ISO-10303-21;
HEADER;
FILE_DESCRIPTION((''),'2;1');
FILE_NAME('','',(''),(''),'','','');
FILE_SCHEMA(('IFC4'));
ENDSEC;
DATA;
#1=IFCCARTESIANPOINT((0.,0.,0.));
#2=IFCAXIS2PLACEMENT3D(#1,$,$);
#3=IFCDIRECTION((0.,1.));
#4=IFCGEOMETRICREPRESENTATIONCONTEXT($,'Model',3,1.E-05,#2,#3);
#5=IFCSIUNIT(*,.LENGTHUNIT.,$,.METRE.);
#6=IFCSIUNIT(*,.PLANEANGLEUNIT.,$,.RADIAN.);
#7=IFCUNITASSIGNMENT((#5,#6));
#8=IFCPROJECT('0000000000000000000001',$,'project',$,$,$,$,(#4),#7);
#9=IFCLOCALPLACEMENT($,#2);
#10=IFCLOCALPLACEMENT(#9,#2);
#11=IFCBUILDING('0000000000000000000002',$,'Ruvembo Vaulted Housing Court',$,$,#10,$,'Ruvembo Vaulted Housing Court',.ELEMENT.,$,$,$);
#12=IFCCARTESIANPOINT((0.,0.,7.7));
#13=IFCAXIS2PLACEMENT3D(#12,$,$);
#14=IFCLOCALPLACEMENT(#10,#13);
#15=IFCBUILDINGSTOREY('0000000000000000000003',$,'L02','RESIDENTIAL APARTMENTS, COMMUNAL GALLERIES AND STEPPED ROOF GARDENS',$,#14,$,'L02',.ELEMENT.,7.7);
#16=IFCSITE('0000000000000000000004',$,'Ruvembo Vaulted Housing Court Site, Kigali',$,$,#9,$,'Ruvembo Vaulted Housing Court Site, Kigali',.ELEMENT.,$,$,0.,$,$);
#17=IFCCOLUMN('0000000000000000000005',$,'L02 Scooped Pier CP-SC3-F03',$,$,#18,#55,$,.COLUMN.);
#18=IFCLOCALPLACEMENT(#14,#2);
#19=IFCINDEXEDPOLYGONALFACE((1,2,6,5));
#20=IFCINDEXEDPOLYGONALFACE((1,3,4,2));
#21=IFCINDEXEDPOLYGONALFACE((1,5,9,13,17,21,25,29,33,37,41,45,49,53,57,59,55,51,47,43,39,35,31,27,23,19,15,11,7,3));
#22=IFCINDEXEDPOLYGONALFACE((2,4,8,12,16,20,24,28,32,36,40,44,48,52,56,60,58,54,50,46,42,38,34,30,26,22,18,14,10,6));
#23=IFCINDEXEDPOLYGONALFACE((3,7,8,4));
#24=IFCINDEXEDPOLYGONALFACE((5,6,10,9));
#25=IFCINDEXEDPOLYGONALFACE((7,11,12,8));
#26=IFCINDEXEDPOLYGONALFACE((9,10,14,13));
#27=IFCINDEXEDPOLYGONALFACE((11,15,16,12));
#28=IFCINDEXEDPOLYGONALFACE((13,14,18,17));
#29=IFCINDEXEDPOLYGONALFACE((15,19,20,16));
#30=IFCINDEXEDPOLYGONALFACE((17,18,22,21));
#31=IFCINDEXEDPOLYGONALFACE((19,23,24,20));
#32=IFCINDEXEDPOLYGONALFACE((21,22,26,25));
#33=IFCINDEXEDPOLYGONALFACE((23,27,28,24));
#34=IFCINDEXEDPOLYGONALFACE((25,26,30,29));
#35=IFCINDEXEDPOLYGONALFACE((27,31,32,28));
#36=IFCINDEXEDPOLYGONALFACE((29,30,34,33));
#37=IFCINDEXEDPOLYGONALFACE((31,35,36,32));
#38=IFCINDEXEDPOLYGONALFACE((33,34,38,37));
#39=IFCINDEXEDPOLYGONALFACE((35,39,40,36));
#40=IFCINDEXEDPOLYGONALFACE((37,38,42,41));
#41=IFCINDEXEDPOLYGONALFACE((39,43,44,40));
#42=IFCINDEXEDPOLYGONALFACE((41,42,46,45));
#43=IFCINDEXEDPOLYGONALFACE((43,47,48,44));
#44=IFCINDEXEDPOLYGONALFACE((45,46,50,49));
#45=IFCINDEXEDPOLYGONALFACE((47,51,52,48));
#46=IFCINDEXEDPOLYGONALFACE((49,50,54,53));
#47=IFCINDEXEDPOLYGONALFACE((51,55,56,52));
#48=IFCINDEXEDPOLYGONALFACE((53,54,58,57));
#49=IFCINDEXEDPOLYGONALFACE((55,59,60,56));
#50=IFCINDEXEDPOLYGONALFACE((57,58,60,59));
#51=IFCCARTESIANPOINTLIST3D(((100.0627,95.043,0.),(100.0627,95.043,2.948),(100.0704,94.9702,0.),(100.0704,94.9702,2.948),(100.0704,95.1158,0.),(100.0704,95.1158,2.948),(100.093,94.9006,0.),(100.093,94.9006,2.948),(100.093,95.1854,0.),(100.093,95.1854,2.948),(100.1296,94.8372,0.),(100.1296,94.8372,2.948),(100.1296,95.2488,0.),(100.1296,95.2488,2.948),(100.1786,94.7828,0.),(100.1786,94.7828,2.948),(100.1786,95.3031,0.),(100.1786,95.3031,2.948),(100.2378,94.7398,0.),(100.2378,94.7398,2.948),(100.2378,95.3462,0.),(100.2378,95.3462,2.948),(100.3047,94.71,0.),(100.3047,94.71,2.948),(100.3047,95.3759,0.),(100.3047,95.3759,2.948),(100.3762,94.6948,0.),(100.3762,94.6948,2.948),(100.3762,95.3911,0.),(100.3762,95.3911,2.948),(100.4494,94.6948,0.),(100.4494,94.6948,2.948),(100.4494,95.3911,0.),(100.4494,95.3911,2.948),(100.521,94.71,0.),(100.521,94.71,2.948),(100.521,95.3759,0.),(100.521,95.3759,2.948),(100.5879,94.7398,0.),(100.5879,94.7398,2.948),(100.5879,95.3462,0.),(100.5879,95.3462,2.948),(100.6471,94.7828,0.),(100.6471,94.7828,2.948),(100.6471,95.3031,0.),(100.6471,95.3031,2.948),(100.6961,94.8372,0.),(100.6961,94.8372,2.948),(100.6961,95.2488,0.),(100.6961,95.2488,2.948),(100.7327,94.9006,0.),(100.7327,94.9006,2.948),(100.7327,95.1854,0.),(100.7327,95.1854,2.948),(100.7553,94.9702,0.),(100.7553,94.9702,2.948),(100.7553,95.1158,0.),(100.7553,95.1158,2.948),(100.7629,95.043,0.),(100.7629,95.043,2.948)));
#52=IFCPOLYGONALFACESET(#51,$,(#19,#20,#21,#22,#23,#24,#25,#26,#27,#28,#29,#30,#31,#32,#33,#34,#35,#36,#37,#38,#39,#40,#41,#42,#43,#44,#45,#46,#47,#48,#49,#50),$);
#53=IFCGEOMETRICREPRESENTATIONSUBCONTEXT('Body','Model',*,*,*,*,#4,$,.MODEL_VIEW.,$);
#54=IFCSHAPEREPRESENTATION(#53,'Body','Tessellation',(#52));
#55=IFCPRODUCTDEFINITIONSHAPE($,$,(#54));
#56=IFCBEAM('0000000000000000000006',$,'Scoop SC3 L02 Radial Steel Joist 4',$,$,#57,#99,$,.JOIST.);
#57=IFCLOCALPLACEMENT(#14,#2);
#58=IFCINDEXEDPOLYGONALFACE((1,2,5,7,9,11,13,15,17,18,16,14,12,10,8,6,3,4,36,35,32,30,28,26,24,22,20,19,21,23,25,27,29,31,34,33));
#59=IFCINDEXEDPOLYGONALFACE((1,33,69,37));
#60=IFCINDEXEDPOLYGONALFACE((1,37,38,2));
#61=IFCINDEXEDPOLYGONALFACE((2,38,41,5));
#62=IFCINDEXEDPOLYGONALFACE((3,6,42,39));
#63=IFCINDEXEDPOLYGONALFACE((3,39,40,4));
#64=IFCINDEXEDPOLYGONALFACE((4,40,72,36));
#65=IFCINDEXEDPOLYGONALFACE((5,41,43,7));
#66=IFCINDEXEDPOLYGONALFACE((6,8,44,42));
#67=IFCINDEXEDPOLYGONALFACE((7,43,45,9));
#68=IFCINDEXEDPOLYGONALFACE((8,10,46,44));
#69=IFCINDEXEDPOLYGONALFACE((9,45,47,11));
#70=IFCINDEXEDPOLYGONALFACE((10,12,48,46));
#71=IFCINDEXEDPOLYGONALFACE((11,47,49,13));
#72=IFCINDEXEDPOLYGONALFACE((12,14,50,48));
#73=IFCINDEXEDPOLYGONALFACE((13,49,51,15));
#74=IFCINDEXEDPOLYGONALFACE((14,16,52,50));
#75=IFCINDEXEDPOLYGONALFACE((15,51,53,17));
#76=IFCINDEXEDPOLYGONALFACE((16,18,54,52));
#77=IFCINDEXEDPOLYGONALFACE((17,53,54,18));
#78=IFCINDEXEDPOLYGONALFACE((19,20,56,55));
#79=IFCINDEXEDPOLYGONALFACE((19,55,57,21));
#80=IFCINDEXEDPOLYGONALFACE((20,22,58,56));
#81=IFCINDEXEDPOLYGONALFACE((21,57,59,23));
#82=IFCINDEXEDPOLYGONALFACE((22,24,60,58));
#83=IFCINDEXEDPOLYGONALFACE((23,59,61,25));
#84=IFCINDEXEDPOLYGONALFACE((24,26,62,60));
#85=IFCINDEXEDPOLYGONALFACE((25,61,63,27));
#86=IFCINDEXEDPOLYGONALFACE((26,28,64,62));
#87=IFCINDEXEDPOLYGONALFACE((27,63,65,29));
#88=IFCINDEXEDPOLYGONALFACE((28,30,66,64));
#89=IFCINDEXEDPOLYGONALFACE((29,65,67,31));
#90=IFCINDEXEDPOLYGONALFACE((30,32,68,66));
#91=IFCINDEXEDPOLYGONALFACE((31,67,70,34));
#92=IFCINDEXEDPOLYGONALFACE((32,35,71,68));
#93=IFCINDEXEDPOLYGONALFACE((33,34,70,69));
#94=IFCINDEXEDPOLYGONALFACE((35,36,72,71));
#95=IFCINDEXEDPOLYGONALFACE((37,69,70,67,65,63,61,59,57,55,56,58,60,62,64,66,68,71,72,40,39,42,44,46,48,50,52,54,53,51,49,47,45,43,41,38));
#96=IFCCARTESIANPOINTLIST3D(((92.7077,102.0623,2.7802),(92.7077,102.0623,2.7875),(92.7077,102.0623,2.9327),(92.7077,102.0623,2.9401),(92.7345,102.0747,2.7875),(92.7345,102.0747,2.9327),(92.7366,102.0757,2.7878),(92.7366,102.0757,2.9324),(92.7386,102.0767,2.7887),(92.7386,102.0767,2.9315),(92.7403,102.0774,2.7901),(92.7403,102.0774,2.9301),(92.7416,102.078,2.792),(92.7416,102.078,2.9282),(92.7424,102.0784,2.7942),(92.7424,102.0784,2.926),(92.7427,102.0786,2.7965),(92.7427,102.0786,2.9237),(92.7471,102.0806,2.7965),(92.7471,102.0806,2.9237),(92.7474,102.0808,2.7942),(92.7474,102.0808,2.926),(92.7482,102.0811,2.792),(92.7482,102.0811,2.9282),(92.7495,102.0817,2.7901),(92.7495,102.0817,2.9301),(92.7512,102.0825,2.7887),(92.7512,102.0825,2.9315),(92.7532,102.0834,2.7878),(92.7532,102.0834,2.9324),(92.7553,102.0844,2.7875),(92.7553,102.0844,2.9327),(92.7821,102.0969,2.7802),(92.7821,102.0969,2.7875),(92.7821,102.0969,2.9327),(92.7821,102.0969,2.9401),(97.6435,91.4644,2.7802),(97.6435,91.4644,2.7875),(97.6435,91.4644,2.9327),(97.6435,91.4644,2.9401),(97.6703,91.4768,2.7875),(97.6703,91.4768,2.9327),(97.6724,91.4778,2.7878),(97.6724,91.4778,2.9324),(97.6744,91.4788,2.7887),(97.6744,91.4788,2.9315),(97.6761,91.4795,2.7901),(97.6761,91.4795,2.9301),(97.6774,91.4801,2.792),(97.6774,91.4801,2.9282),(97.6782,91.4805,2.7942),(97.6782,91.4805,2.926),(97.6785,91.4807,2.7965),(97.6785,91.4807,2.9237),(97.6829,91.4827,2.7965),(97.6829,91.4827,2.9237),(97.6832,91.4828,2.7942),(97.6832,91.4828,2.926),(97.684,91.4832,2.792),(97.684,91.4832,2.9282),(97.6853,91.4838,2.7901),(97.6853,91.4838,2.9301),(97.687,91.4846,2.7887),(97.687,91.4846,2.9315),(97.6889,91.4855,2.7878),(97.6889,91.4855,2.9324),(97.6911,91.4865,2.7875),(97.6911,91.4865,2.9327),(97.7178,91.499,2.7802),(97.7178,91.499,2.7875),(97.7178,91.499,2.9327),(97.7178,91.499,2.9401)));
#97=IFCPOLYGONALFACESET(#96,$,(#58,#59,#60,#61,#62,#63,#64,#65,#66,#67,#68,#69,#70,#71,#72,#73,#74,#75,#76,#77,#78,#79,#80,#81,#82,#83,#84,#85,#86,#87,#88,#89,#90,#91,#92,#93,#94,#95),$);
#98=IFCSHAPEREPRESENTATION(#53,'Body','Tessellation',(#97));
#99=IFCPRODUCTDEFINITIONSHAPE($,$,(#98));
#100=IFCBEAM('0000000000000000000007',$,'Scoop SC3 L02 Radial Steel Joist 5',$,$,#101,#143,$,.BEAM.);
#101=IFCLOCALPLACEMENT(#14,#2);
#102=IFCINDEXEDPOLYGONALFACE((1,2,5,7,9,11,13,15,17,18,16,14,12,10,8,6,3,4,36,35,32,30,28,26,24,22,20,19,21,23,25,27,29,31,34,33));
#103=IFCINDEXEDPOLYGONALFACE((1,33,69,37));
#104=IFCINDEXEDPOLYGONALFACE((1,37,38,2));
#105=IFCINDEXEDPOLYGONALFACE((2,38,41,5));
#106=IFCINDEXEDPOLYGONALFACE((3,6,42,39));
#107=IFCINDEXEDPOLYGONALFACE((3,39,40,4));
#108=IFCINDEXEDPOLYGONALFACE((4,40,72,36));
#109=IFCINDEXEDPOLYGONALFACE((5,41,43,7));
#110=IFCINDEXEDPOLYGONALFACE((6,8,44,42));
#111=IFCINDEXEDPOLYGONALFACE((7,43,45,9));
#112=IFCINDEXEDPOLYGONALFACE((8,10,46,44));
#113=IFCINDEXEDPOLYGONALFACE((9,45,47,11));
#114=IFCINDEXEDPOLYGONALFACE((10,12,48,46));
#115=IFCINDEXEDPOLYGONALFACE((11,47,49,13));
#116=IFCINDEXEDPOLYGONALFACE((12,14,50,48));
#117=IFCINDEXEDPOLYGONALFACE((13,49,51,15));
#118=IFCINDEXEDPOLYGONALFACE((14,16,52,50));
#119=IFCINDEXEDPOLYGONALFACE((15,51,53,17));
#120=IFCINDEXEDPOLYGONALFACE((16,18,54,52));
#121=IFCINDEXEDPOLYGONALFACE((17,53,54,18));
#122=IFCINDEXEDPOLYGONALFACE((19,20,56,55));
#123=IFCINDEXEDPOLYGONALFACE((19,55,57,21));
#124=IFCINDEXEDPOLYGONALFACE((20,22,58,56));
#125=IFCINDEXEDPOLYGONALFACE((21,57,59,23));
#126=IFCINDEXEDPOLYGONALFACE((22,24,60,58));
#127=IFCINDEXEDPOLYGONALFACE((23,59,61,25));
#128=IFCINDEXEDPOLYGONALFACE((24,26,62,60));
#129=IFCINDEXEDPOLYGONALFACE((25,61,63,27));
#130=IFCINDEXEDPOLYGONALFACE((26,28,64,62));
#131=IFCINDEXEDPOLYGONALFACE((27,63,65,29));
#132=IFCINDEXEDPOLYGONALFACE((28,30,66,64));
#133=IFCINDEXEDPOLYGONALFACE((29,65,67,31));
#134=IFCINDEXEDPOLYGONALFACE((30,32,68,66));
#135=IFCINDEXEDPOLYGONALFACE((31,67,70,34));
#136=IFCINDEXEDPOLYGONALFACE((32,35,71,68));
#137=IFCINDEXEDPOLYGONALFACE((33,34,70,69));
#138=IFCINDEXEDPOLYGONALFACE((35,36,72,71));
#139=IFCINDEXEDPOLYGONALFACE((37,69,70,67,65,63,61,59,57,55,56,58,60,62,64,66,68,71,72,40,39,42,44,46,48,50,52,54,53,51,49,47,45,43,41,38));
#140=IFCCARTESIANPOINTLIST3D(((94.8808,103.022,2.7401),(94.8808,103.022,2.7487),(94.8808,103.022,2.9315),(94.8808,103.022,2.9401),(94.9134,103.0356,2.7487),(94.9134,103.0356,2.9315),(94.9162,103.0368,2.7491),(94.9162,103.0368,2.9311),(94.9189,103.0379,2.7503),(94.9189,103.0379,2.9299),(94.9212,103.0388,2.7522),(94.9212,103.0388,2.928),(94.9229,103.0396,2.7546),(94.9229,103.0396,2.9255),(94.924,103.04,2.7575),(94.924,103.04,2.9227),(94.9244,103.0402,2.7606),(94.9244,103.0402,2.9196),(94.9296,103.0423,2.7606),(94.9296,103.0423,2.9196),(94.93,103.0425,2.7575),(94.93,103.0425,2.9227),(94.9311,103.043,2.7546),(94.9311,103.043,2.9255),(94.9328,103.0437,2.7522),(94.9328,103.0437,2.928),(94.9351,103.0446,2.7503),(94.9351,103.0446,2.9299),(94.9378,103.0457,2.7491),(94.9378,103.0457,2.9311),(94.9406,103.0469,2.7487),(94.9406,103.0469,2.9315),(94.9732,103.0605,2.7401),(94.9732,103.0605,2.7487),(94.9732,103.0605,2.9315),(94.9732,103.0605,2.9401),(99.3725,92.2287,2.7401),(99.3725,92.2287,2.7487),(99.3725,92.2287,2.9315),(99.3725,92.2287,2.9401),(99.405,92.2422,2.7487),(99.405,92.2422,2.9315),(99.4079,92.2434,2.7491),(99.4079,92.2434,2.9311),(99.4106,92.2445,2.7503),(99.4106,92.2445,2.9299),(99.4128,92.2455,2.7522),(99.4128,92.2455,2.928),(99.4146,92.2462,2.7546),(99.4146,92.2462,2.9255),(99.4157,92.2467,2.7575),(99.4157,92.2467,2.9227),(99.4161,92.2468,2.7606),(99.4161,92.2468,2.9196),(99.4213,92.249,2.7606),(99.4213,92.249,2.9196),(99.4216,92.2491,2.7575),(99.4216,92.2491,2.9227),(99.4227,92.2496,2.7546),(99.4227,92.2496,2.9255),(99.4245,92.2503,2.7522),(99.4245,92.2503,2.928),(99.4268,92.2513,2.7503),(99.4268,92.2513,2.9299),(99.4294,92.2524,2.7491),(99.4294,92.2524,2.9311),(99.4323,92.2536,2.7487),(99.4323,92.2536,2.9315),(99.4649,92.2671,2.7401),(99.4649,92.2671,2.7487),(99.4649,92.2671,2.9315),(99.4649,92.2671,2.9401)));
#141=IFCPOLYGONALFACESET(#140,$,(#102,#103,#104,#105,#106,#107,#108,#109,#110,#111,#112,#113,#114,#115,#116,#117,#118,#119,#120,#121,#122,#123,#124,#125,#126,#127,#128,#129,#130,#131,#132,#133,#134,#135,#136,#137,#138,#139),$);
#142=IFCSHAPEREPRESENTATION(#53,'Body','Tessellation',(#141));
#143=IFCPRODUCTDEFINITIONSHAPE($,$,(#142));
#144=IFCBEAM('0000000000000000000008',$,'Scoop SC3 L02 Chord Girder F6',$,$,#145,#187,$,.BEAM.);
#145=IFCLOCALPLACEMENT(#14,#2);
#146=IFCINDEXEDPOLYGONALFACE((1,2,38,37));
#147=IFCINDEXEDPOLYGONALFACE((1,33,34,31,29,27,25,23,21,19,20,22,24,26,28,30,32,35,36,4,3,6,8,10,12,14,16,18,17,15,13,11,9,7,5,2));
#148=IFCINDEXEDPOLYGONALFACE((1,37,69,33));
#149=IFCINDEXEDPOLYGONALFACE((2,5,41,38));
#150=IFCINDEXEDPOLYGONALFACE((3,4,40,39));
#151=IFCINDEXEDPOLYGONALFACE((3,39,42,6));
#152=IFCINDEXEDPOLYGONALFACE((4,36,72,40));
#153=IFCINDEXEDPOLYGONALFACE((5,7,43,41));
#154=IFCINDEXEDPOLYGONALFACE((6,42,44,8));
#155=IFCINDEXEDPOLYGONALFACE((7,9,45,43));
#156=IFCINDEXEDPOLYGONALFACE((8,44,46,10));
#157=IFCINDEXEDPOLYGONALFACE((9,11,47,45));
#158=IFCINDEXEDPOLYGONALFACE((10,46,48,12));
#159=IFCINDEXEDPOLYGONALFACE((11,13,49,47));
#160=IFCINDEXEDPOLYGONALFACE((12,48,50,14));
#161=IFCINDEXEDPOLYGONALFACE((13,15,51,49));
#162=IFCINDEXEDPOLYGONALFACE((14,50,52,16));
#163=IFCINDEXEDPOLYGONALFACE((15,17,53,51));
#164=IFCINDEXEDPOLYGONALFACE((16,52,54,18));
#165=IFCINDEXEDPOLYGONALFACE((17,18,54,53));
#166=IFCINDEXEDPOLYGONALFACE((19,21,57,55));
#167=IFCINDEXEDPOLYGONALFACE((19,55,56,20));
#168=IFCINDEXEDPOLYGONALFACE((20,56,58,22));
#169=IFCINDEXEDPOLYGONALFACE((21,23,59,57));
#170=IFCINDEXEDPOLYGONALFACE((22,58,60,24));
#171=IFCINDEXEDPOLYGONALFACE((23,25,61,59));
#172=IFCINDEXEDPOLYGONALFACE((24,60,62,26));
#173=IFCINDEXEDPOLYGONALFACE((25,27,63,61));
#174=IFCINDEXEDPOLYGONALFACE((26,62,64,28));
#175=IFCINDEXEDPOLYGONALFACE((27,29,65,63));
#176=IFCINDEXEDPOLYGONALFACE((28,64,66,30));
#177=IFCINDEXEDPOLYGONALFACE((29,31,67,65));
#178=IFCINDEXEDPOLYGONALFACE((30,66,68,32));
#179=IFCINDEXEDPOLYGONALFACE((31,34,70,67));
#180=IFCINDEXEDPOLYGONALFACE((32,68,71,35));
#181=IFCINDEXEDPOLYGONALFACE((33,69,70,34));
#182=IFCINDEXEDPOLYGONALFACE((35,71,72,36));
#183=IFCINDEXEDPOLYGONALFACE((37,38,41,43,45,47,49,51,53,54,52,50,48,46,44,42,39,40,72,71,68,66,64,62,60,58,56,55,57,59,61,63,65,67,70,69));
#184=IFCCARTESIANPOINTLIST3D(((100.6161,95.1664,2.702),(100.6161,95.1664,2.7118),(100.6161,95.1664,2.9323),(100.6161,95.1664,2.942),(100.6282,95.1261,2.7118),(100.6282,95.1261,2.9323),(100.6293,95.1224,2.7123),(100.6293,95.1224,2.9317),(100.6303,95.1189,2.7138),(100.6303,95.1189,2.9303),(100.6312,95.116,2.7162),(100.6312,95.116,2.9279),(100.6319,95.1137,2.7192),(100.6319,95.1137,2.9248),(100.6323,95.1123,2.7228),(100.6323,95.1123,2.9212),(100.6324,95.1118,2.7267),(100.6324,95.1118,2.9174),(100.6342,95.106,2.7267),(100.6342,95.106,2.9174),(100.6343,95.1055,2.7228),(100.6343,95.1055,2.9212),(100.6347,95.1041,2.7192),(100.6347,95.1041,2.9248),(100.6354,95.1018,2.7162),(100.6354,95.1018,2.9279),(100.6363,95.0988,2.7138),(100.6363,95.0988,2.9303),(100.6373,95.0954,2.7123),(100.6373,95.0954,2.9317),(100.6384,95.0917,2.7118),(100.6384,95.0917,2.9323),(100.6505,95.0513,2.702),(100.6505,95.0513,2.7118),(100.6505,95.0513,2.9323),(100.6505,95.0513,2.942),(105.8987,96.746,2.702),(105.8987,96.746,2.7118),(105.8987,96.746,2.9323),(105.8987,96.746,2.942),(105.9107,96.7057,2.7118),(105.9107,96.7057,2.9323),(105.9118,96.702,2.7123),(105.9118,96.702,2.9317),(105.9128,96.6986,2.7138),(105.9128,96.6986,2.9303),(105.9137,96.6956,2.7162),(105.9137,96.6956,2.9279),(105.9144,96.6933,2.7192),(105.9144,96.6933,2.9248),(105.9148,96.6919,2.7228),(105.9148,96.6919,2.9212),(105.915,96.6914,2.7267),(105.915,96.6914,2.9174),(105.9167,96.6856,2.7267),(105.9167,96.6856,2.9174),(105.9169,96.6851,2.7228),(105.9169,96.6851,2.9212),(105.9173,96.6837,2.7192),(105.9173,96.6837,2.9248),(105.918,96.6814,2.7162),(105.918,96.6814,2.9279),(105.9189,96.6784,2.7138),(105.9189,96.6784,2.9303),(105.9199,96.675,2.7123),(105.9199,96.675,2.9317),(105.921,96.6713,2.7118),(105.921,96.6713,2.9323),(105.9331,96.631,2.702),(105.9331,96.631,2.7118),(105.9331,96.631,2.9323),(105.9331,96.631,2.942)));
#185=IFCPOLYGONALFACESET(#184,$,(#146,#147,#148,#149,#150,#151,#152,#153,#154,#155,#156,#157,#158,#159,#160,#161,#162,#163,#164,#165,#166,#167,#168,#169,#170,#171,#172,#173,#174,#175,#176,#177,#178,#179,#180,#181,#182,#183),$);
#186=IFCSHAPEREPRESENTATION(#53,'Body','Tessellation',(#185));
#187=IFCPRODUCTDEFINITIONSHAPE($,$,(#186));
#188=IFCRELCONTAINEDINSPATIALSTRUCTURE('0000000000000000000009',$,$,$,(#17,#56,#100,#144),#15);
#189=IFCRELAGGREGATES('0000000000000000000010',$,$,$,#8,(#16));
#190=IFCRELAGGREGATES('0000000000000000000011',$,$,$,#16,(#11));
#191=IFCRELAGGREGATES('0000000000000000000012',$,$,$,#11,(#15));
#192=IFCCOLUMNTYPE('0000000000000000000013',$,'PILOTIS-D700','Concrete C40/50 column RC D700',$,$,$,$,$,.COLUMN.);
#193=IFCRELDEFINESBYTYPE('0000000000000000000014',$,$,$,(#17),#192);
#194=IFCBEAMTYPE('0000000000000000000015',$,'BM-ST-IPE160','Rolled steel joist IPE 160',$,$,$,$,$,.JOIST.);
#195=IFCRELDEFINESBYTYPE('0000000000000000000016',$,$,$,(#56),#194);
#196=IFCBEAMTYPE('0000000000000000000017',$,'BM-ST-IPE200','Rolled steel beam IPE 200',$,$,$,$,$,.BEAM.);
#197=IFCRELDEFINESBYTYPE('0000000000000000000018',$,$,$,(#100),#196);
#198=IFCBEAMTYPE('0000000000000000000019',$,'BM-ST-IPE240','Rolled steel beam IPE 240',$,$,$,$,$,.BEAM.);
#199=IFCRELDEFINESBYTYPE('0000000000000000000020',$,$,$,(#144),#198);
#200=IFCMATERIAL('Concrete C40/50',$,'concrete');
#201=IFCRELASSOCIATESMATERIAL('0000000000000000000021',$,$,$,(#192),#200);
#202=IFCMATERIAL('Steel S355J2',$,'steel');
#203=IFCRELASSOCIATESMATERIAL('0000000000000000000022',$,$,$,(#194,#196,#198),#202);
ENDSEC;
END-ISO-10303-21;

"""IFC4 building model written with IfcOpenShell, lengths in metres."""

from ifc_helpers import new_model, si_unit, direction, frame, origin, origin_2d, place, context, subcontext, project, spatial, circle, i_section, extrude, material, material_profile, profile_set, type_object, element, save


model = new_model("IFC4")

# Units and contexts
model_context = context("Model", 3, precision=1e-05, world=origin(), true_north=direction((0.0, 1.0)))
body_context = subcontext(model_context, "Body", "Model", "MODEL_VIEW")
ifc_project = project(units=[si_unit("LENGTHUNIT", "METRE"), si_unit("PLANEANGLEUNIT", "RADIAN")], contexts=[model_context])

# Site, building, storey
site_placement = place(None, origin())
site = spatial("IfcSite", under=ifc_project, at=site_placement, Name="Ruvembo Vaulted Housing Court Site, Kigali", LongName="Ruvembo Vaulted Housing Court Site, Kigali", CompositionType="ELEMENT", RefElevation=0.0)
building_placement = place(site_placement, origin())
building = spatial("IfcBuilding", under=site, at=building_placement, Name="Ruvembo Vaulted Housing Court", LongName="Ruvembo Vaulted Housing Court", CompositionType="ELEMENT")
storey_placement = place(building_placement, frame((0.0, 0.0, 7.7)))
storey = spatial("IfcBuildingStorey", under=building, at=storey_placement, Name="L02", Description="RESIDENTIAL APARTMENTS, COMMUNAL GALLERIES AND STEPPED ROOF GARDENS", LongName="L02", CompositionType="ELEMENT", Elevation=7.7)

# Column
ifc_material_1 = material(Name="Concrete C40/50", Category="concrete")
ifc_material_profile_1 = material_profile(ifc_material_1, circle(Radius=0.3501, at=origin_2d()), Name="RC D700")
ifc_profile_set_1 = profile_set([ifc_material_profile_1], Name="Concrete C40/50")
column_type = type_object("IfcColumnType", Name="PILOTIS-D700", Description="Concrete C40/50 column RC D700", PredefinedType="COLUMN", material=ifc_profile_set_1)
column_placement = place(storey_placement, frame((100.4128, 95.043, 0.0), z_axis=(0.0, 0.0, 1.0), x_axis=(1.0, 0.0, 0.0)))
element("IfcColumn", 1, at=column_placement, inside=storey, type_object=column_type, Name="L02 Scooped Pier CP-SC3-F03", PredefinedType="COLUMN", context=body_context, shape_type="SweptSolid", body=[
    extrude(circle(Radius=0.3501, at=origin_2d()), origin(), (0.0, 0.0, 1.0), 2.948),
])

# Beams
ifc_material_2 = material(Name="Steel S355J2", Category="steel")
ifc_material_profile_2 = material_profile(ifc_material_2, i_section(OverallWidth=0.082, OverallDepth=0.1599, WebThickness=0.0049, FlangeThickness=0.0073, FilletRadius=0.009, at=origin_2d()), Name="IPE 160")
ifc_profile_set_2 = profile_set([ifc_material_profile_2], Name="Steel S355J2")
beam_type_1 = type_object("IfcBeamType", Name="BM-ST-IPE160", Description="Rolled steel joist IPE 160", PredefinedType="JOIST", material=ifc_profile_set_2)
beam_1_placement = place(storey_placement, frame((92.7449, 102.0796, 2.8601), z_axis=(0.42219, -0.906507, 0.0), x_axis=(0.906507, 0.42219, 0.0)))
element("IfcBeam", 2, at=beam_1_placement, inside=storey, type_object=beam_type_1, Name="Scoop SC3 L02 Radial Steel Joist 4", PredefinedType="JOIST", context=body_context, shape_type="SweptSolid", body=[
    extrude(i_section(OverallWidth=0.082, OverallDepth=0.1599, WebThickness=0.0049, FlangeThickness=0.0073, FilletRadius=0.009, at=origin_2d()), origin(), (0.0, 0.0, 1.0), 11.6909),
])
ifc_material_profile_3 = material_profile(ifc_material_2, i_section(OverallWidth=0.1001, OverallDepth=0.2, WebThickness=0.0056, FlangeThickness=0.0085, FilletRadius=0.012, at=origin_2d()), Name="IPE 200")
ifc_profile_set_3 = profile_set([ifc_material_profile_3], Name="Steel S355J2")
beam_type_2 = type_object("IfcBeamType", Name="BM-ST-IPE200", Description="Rolled steel beam IPE 200", PredefinedType="BEAM", material=ifc_profile_set_3)
beam_2_placement = place(storey_placement, frame((94.927, 103.0413, 2.8401), z_axis=(0.384209, -0.923246, 0.0), x_axis=(0.923246, 0.384209, 0.0)))
element("IfcBeam", 3, at=beam_2_placement, inside=storey, type_object=beam_type_2, Name="Scoop SC3 L02 Radial Steel Joist 5", PredefinedType="BEAM", context=body_context, shape_type="SweptSolid", body=[
    extrude(i_section(OverallWidth=0.1001, OverallDepth=0.2, WebThickness=0.0056, FlangeThickness=0.0085, FilletRadius=0.012, at=origin_2d()), origin(), (0.0, 0.0, 1.0), 11.6907),
])
ifc_material_profile_4 = material_profile(ifc_material_2, i_section(OverallWidth=0.1201, OverallDepth=0.24, WebThickness=0.0061, FlangeThickness=0.0098, FilletRadius=0.0149, at=origin_2d()), Name="IPE 240")
ifc_profile_set_4 = profile_set([ifc_material_profile_4], Name="Steel S355J2")
beam_type_3 = type_object("IfcBeamType", Name="BM-ST-IPE240", Description="Rolled steel beam IPE 240", PredefinedType="BEAM", material=ifc_profile_set_4)
beam_3_placement = place(storey_placement, frame((100.6333, 95.1089, 2.822), z_axis=(0.958083, 0.286491, 0.0), x_axis=(-0.286491, 0.958083, 0.0)))
element("IfcBeam", 4, at=beam_3_placement, inside=storey, type_object=beam_type_3, Name="Scoop SC3 L02 Chord Girder F6", PredefinedType="BEAM", context=body_context, shape_type="SweptSolid", body=[
    extrude(i_section(OverallWidth=0.1201, OverallDepth=0.24, WebThickness=0.0061, FlangeThickness=0.0098, FilletRadius=0.0149, at=origin_2d()), origin(), (0.0, 0.0, 1.0), 5.5137),
])

save(model, "model.ifc")
